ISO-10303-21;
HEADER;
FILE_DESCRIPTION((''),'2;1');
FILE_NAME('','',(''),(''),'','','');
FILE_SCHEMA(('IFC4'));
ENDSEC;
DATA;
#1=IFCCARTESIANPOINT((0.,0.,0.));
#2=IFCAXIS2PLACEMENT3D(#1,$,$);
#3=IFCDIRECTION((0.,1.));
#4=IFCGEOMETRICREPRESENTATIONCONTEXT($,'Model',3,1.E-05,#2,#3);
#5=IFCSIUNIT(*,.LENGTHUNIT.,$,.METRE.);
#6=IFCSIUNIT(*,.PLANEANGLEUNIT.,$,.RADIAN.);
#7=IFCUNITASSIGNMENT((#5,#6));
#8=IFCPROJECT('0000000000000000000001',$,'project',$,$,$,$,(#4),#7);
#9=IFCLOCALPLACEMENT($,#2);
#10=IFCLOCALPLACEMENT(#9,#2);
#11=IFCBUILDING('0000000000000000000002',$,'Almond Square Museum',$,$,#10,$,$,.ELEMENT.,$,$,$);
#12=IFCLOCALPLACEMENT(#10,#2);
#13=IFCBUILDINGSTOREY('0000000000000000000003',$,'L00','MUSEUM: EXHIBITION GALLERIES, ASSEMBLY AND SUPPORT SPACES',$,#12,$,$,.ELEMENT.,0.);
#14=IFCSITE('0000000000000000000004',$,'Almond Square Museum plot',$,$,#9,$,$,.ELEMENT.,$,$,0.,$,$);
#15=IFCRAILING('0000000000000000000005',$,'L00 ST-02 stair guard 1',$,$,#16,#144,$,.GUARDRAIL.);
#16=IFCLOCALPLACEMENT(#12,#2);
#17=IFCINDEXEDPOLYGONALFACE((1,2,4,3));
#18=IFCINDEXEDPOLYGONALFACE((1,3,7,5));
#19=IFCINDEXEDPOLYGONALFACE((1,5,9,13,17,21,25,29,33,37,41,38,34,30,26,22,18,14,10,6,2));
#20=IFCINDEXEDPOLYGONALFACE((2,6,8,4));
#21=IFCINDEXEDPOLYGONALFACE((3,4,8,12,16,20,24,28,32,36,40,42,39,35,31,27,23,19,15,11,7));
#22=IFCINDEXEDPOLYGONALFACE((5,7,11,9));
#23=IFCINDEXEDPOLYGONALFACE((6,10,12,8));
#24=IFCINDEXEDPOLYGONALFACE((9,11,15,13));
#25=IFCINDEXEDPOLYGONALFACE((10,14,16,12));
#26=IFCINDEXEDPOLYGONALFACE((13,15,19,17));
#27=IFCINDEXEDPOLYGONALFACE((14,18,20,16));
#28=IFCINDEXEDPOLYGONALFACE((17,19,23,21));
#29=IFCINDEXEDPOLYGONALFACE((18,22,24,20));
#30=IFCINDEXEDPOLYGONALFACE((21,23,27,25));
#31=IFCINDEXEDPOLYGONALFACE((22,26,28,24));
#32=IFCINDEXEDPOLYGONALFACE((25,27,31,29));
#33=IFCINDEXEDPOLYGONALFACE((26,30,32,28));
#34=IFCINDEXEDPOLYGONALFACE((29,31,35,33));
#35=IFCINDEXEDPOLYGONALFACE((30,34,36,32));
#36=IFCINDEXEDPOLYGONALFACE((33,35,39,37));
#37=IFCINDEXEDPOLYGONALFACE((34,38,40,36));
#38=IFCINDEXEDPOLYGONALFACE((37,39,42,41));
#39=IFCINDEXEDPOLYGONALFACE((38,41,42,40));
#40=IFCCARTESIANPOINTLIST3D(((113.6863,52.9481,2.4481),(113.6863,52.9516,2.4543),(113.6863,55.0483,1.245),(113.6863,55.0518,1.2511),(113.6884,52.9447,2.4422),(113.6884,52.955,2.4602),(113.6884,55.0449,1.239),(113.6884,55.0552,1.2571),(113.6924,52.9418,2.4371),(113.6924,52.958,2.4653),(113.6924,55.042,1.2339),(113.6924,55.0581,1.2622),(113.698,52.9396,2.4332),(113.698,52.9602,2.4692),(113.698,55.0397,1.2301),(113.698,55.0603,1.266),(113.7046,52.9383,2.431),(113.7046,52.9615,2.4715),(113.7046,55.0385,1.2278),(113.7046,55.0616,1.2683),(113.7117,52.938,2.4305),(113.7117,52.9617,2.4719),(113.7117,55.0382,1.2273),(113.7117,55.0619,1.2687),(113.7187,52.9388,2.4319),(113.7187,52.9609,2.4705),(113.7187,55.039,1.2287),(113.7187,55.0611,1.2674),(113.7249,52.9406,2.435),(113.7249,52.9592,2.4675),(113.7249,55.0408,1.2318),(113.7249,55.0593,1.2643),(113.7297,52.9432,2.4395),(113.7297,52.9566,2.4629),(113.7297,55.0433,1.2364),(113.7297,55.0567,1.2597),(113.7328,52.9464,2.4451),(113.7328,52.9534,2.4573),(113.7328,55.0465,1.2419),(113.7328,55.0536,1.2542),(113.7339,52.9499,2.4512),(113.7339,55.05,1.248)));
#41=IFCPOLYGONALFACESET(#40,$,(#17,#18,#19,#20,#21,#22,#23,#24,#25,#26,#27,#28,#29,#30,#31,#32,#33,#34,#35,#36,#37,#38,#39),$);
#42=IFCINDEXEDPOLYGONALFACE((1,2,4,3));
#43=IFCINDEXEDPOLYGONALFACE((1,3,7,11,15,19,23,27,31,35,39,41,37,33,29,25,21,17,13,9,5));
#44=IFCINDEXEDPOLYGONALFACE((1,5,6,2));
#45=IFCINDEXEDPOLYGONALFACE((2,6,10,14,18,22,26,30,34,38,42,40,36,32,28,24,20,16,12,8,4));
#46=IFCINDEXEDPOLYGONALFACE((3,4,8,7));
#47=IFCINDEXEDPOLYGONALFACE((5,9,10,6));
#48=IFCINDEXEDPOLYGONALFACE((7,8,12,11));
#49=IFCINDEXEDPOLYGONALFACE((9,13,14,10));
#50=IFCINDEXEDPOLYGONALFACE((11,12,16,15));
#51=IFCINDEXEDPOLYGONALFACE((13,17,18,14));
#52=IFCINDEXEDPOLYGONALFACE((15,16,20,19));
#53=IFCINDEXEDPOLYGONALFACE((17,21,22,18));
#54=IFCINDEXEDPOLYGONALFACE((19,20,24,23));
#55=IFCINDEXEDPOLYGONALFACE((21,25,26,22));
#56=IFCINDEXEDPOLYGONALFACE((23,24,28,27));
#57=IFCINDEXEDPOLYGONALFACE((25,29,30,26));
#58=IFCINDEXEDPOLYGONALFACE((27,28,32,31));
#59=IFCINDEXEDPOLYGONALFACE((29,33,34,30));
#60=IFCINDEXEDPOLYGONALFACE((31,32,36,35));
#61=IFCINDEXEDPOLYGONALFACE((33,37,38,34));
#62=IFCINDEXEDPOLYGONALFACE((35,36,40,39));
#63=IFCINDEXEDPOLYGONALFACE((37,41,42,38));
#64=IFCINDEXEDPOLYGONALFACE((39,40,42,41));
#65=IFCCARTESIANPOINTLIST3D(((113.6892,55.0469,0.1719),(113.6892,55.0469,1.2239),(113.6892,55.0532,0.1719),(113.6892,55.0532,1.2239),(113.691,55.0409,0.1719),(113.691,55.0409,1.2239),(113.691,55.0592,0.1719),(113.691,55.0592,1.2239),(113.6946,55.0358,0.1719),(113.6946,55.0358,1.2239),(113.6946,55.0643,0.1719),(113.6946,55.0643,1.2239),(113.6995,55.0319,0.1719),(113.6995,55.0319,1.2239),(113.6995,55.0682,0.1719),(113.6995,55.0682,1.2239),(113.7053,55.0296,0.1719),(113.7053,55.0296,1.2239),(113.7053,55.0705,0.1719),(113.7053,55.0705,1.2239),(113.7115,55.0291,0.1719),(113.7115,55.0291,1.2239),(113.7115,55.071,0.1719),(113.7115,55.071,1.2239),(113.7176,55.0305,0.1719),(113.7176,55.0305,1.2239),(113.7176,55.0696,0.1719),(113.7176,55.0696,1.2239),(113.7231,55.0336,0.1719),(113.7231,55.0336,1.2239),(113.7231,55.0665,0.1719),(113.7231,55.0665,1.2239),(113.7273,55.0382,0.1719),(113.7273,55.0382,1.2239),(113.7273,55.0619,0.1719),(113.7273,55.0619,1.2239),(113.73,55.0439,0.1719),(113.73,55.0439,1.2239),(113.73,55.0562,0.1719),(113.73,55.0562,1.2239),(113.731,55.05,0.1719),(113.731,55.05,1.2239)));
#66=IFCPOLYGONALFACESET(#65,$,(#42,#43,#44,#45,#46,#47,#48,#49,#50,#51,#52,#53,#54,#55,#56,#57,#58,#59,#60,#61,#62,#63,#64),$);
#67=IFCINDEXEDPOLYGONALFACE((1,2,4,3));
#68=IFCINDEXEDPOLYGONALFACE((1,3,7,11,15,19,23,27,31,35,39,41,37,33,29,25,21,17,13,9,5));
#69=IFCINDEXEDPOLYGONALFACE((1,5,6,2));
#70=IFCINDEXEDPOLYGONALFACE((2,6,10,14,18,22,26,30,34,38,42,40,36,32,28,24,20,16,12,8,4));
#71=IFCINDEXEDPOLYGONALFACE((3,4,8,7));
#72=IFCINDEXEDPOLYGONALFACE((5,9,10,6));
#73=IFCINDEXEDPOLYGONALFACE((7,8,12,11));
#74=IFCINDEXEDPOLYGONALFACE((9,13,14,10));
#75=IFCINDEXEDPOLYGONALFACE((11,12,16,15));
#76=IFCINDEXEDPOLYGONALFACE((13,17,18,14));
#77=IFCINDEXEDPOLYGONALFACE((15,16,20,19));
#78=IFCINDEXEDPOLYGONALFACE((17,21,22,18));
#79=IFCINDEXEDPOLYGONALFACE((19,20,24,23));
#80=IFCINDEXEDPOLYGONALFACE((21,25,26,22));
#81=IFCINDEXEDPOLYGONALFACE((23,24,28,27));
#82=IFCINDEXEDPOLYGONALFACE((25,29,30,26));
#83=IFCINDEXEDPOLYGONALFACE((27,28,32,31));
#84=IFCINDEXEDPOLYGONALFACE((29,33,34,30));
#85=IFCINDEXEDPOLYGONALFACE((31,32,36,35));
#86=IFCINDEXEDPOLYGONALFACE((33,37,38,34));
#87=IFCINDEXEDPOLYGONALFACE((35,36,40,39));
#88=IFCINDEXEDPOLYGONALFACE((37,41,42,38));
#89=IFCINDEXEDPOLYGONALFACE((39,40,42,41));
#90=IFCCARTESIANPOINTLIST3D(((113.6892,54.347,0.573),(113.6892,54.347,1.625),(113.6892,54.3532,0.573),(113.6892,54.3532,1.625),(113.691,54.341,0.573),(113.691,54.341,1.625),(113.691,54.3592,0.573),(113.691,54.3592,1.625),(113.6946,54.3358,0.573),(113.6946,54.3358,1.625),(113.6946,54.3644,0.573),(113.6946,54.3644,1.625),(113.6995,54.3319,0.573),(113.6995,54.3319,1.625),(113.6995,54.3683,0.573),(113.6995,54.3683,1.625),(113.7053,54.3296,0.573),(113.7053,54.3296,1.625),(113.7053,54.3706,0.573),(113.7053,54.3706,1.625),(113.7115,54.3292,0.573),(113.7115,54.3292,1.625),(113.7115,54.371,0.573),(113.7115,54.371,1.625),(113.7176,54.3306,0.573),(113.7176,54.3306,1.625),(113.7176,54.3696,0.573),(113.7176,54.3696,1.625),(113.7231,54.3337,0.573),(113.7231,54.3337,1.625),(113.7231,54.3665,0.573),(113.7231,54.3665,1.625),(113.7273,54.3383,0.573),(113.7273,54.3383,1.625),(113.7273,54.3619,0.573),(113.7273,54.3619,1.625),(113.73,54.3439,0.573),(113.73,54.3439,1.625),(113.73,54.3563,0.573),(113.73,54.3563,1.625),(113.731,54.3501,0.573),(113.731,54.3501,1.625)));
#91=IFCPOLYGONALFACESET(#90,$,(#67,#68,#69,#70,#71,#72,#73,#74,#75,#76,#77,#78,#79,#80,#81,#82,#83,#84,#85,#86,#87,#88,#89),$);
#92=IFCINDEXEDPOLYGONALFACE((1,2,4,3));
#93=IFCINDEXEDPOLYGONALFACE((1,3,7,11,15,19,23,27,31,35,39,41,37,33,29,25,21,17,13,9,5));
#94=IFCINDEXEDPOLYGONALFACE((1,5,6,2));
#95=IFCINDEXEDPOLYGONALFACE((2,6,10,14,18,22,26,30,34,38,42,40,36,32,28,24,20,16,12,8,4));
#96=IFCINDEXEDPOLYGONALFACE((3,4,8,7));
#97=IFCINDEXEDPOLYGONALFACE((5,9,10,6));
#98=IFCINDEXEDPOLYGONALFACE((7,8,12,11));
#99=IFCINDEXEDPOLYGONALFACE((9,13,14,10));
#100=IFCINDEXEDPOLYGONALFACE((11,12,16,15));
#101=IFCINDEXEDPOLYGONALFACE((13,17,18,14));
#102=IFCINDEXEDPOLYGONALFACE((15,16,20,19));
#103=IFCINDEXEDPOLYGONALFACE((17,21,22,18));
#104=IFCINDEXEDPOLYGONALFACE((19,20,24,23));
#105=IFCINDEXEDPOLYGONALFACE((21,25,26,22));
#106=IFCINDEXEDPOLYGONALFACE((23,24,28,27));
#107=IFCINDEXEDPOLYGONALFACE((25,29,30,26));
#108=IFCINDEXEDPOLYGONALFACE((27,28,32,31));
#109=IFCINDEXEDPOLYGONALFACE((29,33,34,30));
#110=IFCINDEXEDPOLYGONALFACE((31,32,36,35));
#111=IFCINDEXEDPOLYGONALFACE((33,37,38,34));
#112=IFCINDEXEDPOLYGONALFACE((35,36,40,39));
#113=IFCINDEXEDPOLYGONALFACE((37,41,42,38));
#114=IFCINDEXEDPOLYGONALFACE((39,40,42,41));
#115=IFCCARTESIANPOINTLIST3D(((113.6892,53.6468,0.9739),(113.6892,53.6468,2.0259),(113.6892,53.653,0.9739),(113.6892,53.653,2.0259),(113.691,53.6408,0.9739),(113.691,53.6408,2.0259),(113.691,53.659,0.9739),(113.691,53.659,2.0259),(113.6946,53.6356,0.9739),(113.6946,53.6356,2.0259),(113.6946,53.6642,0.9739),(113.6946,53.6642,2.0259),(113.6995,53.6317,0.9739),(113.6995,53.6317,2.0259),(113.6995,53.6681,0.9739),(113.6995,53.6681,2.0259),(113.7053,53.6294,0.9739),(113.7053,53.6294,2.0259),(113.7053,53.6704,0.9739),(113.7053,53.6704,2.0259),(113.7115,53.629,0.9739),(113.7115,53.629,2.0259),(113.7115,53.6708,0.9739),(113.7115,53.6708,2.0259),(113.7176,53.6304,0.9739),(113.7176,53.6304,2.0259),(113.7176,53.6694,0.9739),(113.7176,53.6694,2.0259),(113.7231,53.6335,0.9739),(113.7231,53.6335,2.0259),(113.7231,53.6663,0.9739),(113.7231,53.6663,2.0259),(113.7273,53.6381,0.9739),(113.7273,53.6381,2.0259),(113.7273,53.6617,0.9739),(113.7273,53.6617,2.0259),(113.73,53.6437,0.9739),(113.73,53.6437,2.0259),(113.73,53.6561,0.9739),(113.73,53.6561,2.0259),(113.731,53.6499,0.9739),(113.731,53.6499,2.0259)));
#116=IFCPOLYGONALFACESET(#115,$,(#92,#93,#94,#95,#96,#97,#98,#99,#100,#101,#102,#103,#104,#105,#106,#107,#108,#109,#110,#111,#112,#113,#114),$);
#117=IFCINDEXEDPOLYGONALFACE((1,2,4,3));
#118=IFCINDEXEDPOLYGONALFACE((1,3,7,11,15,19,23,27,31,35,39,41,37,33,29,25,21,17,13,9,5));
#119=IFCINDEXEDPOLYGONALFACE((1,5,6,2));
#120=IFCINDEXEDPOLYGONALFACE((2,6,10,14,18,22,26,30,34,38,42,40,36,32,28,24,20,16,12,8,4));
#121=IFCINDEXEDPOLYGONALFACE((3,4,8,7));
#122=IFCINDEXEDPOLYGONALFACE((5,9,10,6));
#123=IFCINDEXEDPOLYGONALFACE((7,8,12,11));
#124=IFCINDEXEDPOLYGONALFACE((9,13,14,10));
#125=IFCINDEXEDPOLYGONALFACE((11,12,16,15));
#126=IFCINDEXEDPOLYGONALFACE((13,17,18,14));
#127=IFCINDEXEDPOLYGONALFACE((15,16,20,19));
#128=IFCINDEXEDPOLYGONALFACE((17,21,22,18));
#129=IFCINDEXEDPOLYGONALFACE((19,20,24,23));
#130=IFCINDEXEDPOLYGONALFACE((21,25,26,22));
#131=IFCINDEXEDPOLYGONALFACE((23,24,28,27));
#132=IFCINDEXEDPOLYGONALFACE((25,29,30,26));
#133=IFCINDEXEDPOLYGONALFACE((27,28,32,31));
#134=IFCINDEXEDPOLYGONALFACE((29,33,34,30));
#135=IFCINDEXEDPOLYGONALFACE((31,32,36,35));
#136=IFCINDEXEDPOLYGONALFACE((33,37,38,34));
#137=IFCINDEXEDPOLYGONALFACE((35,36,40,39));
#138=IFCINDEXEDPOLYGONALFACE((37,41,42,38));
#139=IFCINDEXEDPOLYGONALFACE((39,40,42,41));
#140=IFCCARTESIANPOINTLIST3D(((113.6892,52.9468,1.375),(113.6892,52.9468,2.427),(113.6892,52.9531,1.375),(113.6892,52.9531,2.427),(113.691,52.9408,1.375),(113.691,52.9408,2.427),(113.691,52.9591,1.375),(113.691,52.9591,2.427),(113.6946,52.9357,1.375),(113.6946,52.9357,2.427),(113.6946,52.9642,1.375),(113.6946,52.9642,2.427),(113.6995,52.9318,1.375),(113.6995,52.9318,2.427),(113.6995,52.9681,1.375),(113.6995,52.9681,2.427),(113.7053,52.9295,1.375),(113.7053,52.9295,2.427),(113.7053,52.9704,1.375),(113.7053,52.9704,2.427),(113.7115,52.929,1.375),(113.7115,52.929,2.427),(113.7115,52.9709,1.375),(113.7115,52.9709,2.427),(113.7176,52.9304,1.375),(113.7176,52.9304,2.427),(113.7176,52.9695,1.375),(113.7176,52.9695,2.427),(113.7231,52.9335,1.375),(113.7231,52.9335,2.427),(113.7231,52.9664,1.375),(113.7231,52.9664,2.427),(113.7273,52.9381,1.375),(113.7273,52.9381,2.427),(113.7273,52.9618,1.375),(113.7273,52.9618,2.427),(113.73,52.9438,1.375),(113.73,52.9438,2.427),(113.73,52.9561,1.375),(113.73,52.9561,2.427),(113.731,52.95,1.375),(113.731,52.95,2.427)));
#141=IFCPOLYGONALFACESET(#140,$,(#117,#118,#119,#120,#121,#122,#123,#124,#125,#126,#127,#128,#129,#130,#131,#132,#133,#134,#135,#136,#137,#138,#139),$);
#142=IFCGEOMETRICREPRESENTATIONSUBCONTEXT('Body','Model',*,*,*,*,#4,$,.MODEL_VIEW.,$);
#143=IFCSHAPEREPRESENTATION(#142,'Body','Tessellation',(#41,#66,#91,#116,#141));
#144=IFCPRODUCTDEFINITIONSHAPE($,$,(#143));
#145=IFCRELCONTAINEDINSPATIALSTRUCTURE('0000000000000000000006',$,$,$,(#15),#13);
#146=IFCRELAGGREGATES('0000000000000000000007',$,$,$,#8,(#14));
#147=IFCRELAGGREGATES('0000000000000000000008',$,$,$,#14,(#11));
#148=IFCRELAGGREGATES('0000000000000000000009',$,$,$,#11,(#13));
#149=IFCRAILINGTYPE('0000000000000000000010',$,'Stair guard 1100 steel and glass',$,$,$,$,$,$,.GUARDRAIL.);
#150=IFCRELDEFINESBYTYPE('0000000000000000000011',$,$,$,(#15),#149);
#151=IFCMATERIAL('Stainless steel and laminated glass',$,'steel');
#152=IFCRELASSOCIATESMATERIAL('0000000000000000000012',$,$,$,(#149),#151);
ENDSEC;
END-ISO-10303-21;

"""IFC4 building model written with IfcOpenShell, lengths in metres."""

from ifc_helpers import new_model, si_unit, direction, frame, origin, origin_2d, place, context, subcontext, project, spatial, circle, extrude, material, type_object, element, save


model = new_model("IFC4")

# Units and contexts
model_context = context("Model", 3, precision=1e-05, world=origin(), true_north=direction((0.0, 1.0)))
body_context = subcontext(model_context, "Body", "Model", "MODEL_VIEW")
ifc_project = project(units=[si_unit("LENGTHUNIT", "METRE"), si_unit("PLANEANGLEUNIT", "RADIAN")], contexts=[model_context])

# Site, building, storey
site_placement = place(None, origin())
site = spatial("IfcSite", under=ifc_project, at=site_placement, Name="Almond Square Museum plot", CompositionType="ELEMENT", RefElevation=0.0)
building_placement = place(site_placement, origin())
building = spatial("IfcBuilding", under=site, at=building_placement, Name="Almond Square Museum", CompositionType="ELEMENT")
storey_placement = place(building_placement, origin())
storey = spatial("IfcBuildingStorey", under=building, at=storey_placement, Name="L00", Description="MUSEUM: EXHIBITION GALLERIES, ASSEMBLY AND SUPPORT SPACES", CompositionType="ELEMENT", Elevation=0.0)

# Railing
ifc_material_1 = material(Name="Stainless steel and laminated glass", Category="steel")
railing_type_1 = type_object("IfcRailingType", Name="Stair guard 1100 steel and glass", PredefinedType="GUARDRAIL", material=ifc_material_1)
railing_1_placement = place(storey_placement, frame((113.71, 55.05, 0.1719)))
element("IfcRailing", 1, at=railing_1_placement, inside=storey, type_object=railing_type_1, Name="L00 ST-02 stair guard 1", PredefinedType="GUARDRAIL", context=body_context, shape_type="SweptSolid", body=[
    extrude(circle(Radius=0.0239, at=origin_2d()), frame((0.0, 0.0, 1.0762), z_axis=(0.0, -0.867696, 0.497095), x_axis=(1.0, 0.0, 0.0)), (0.0, 0.0, 1.0), 2.4204),
    extrude(circle(Radius=0.021, at=origin_2d()), origin(), (0.0, 0.0, 1.0), 1.052),
    extrude(circle(Radius=0.021, at=origin_2d()), frame((0.0, -0.7, 0.4011)), (0.0, 0.0, 1.0), 1.052),
    extrude(circle(Radius=0.021, at=origin_2d()), frame((0.0, -1.4001, 0.802)), (0.0, 0.0, 1.0), 1.052),
    extrude(circle(Radius=0.021, at=origin_2d()), frame((0.0, -2.1001, 1.2031)), (0.0, 0.0, 1.0), 1.052),
])

save(model, "model.ifc")
